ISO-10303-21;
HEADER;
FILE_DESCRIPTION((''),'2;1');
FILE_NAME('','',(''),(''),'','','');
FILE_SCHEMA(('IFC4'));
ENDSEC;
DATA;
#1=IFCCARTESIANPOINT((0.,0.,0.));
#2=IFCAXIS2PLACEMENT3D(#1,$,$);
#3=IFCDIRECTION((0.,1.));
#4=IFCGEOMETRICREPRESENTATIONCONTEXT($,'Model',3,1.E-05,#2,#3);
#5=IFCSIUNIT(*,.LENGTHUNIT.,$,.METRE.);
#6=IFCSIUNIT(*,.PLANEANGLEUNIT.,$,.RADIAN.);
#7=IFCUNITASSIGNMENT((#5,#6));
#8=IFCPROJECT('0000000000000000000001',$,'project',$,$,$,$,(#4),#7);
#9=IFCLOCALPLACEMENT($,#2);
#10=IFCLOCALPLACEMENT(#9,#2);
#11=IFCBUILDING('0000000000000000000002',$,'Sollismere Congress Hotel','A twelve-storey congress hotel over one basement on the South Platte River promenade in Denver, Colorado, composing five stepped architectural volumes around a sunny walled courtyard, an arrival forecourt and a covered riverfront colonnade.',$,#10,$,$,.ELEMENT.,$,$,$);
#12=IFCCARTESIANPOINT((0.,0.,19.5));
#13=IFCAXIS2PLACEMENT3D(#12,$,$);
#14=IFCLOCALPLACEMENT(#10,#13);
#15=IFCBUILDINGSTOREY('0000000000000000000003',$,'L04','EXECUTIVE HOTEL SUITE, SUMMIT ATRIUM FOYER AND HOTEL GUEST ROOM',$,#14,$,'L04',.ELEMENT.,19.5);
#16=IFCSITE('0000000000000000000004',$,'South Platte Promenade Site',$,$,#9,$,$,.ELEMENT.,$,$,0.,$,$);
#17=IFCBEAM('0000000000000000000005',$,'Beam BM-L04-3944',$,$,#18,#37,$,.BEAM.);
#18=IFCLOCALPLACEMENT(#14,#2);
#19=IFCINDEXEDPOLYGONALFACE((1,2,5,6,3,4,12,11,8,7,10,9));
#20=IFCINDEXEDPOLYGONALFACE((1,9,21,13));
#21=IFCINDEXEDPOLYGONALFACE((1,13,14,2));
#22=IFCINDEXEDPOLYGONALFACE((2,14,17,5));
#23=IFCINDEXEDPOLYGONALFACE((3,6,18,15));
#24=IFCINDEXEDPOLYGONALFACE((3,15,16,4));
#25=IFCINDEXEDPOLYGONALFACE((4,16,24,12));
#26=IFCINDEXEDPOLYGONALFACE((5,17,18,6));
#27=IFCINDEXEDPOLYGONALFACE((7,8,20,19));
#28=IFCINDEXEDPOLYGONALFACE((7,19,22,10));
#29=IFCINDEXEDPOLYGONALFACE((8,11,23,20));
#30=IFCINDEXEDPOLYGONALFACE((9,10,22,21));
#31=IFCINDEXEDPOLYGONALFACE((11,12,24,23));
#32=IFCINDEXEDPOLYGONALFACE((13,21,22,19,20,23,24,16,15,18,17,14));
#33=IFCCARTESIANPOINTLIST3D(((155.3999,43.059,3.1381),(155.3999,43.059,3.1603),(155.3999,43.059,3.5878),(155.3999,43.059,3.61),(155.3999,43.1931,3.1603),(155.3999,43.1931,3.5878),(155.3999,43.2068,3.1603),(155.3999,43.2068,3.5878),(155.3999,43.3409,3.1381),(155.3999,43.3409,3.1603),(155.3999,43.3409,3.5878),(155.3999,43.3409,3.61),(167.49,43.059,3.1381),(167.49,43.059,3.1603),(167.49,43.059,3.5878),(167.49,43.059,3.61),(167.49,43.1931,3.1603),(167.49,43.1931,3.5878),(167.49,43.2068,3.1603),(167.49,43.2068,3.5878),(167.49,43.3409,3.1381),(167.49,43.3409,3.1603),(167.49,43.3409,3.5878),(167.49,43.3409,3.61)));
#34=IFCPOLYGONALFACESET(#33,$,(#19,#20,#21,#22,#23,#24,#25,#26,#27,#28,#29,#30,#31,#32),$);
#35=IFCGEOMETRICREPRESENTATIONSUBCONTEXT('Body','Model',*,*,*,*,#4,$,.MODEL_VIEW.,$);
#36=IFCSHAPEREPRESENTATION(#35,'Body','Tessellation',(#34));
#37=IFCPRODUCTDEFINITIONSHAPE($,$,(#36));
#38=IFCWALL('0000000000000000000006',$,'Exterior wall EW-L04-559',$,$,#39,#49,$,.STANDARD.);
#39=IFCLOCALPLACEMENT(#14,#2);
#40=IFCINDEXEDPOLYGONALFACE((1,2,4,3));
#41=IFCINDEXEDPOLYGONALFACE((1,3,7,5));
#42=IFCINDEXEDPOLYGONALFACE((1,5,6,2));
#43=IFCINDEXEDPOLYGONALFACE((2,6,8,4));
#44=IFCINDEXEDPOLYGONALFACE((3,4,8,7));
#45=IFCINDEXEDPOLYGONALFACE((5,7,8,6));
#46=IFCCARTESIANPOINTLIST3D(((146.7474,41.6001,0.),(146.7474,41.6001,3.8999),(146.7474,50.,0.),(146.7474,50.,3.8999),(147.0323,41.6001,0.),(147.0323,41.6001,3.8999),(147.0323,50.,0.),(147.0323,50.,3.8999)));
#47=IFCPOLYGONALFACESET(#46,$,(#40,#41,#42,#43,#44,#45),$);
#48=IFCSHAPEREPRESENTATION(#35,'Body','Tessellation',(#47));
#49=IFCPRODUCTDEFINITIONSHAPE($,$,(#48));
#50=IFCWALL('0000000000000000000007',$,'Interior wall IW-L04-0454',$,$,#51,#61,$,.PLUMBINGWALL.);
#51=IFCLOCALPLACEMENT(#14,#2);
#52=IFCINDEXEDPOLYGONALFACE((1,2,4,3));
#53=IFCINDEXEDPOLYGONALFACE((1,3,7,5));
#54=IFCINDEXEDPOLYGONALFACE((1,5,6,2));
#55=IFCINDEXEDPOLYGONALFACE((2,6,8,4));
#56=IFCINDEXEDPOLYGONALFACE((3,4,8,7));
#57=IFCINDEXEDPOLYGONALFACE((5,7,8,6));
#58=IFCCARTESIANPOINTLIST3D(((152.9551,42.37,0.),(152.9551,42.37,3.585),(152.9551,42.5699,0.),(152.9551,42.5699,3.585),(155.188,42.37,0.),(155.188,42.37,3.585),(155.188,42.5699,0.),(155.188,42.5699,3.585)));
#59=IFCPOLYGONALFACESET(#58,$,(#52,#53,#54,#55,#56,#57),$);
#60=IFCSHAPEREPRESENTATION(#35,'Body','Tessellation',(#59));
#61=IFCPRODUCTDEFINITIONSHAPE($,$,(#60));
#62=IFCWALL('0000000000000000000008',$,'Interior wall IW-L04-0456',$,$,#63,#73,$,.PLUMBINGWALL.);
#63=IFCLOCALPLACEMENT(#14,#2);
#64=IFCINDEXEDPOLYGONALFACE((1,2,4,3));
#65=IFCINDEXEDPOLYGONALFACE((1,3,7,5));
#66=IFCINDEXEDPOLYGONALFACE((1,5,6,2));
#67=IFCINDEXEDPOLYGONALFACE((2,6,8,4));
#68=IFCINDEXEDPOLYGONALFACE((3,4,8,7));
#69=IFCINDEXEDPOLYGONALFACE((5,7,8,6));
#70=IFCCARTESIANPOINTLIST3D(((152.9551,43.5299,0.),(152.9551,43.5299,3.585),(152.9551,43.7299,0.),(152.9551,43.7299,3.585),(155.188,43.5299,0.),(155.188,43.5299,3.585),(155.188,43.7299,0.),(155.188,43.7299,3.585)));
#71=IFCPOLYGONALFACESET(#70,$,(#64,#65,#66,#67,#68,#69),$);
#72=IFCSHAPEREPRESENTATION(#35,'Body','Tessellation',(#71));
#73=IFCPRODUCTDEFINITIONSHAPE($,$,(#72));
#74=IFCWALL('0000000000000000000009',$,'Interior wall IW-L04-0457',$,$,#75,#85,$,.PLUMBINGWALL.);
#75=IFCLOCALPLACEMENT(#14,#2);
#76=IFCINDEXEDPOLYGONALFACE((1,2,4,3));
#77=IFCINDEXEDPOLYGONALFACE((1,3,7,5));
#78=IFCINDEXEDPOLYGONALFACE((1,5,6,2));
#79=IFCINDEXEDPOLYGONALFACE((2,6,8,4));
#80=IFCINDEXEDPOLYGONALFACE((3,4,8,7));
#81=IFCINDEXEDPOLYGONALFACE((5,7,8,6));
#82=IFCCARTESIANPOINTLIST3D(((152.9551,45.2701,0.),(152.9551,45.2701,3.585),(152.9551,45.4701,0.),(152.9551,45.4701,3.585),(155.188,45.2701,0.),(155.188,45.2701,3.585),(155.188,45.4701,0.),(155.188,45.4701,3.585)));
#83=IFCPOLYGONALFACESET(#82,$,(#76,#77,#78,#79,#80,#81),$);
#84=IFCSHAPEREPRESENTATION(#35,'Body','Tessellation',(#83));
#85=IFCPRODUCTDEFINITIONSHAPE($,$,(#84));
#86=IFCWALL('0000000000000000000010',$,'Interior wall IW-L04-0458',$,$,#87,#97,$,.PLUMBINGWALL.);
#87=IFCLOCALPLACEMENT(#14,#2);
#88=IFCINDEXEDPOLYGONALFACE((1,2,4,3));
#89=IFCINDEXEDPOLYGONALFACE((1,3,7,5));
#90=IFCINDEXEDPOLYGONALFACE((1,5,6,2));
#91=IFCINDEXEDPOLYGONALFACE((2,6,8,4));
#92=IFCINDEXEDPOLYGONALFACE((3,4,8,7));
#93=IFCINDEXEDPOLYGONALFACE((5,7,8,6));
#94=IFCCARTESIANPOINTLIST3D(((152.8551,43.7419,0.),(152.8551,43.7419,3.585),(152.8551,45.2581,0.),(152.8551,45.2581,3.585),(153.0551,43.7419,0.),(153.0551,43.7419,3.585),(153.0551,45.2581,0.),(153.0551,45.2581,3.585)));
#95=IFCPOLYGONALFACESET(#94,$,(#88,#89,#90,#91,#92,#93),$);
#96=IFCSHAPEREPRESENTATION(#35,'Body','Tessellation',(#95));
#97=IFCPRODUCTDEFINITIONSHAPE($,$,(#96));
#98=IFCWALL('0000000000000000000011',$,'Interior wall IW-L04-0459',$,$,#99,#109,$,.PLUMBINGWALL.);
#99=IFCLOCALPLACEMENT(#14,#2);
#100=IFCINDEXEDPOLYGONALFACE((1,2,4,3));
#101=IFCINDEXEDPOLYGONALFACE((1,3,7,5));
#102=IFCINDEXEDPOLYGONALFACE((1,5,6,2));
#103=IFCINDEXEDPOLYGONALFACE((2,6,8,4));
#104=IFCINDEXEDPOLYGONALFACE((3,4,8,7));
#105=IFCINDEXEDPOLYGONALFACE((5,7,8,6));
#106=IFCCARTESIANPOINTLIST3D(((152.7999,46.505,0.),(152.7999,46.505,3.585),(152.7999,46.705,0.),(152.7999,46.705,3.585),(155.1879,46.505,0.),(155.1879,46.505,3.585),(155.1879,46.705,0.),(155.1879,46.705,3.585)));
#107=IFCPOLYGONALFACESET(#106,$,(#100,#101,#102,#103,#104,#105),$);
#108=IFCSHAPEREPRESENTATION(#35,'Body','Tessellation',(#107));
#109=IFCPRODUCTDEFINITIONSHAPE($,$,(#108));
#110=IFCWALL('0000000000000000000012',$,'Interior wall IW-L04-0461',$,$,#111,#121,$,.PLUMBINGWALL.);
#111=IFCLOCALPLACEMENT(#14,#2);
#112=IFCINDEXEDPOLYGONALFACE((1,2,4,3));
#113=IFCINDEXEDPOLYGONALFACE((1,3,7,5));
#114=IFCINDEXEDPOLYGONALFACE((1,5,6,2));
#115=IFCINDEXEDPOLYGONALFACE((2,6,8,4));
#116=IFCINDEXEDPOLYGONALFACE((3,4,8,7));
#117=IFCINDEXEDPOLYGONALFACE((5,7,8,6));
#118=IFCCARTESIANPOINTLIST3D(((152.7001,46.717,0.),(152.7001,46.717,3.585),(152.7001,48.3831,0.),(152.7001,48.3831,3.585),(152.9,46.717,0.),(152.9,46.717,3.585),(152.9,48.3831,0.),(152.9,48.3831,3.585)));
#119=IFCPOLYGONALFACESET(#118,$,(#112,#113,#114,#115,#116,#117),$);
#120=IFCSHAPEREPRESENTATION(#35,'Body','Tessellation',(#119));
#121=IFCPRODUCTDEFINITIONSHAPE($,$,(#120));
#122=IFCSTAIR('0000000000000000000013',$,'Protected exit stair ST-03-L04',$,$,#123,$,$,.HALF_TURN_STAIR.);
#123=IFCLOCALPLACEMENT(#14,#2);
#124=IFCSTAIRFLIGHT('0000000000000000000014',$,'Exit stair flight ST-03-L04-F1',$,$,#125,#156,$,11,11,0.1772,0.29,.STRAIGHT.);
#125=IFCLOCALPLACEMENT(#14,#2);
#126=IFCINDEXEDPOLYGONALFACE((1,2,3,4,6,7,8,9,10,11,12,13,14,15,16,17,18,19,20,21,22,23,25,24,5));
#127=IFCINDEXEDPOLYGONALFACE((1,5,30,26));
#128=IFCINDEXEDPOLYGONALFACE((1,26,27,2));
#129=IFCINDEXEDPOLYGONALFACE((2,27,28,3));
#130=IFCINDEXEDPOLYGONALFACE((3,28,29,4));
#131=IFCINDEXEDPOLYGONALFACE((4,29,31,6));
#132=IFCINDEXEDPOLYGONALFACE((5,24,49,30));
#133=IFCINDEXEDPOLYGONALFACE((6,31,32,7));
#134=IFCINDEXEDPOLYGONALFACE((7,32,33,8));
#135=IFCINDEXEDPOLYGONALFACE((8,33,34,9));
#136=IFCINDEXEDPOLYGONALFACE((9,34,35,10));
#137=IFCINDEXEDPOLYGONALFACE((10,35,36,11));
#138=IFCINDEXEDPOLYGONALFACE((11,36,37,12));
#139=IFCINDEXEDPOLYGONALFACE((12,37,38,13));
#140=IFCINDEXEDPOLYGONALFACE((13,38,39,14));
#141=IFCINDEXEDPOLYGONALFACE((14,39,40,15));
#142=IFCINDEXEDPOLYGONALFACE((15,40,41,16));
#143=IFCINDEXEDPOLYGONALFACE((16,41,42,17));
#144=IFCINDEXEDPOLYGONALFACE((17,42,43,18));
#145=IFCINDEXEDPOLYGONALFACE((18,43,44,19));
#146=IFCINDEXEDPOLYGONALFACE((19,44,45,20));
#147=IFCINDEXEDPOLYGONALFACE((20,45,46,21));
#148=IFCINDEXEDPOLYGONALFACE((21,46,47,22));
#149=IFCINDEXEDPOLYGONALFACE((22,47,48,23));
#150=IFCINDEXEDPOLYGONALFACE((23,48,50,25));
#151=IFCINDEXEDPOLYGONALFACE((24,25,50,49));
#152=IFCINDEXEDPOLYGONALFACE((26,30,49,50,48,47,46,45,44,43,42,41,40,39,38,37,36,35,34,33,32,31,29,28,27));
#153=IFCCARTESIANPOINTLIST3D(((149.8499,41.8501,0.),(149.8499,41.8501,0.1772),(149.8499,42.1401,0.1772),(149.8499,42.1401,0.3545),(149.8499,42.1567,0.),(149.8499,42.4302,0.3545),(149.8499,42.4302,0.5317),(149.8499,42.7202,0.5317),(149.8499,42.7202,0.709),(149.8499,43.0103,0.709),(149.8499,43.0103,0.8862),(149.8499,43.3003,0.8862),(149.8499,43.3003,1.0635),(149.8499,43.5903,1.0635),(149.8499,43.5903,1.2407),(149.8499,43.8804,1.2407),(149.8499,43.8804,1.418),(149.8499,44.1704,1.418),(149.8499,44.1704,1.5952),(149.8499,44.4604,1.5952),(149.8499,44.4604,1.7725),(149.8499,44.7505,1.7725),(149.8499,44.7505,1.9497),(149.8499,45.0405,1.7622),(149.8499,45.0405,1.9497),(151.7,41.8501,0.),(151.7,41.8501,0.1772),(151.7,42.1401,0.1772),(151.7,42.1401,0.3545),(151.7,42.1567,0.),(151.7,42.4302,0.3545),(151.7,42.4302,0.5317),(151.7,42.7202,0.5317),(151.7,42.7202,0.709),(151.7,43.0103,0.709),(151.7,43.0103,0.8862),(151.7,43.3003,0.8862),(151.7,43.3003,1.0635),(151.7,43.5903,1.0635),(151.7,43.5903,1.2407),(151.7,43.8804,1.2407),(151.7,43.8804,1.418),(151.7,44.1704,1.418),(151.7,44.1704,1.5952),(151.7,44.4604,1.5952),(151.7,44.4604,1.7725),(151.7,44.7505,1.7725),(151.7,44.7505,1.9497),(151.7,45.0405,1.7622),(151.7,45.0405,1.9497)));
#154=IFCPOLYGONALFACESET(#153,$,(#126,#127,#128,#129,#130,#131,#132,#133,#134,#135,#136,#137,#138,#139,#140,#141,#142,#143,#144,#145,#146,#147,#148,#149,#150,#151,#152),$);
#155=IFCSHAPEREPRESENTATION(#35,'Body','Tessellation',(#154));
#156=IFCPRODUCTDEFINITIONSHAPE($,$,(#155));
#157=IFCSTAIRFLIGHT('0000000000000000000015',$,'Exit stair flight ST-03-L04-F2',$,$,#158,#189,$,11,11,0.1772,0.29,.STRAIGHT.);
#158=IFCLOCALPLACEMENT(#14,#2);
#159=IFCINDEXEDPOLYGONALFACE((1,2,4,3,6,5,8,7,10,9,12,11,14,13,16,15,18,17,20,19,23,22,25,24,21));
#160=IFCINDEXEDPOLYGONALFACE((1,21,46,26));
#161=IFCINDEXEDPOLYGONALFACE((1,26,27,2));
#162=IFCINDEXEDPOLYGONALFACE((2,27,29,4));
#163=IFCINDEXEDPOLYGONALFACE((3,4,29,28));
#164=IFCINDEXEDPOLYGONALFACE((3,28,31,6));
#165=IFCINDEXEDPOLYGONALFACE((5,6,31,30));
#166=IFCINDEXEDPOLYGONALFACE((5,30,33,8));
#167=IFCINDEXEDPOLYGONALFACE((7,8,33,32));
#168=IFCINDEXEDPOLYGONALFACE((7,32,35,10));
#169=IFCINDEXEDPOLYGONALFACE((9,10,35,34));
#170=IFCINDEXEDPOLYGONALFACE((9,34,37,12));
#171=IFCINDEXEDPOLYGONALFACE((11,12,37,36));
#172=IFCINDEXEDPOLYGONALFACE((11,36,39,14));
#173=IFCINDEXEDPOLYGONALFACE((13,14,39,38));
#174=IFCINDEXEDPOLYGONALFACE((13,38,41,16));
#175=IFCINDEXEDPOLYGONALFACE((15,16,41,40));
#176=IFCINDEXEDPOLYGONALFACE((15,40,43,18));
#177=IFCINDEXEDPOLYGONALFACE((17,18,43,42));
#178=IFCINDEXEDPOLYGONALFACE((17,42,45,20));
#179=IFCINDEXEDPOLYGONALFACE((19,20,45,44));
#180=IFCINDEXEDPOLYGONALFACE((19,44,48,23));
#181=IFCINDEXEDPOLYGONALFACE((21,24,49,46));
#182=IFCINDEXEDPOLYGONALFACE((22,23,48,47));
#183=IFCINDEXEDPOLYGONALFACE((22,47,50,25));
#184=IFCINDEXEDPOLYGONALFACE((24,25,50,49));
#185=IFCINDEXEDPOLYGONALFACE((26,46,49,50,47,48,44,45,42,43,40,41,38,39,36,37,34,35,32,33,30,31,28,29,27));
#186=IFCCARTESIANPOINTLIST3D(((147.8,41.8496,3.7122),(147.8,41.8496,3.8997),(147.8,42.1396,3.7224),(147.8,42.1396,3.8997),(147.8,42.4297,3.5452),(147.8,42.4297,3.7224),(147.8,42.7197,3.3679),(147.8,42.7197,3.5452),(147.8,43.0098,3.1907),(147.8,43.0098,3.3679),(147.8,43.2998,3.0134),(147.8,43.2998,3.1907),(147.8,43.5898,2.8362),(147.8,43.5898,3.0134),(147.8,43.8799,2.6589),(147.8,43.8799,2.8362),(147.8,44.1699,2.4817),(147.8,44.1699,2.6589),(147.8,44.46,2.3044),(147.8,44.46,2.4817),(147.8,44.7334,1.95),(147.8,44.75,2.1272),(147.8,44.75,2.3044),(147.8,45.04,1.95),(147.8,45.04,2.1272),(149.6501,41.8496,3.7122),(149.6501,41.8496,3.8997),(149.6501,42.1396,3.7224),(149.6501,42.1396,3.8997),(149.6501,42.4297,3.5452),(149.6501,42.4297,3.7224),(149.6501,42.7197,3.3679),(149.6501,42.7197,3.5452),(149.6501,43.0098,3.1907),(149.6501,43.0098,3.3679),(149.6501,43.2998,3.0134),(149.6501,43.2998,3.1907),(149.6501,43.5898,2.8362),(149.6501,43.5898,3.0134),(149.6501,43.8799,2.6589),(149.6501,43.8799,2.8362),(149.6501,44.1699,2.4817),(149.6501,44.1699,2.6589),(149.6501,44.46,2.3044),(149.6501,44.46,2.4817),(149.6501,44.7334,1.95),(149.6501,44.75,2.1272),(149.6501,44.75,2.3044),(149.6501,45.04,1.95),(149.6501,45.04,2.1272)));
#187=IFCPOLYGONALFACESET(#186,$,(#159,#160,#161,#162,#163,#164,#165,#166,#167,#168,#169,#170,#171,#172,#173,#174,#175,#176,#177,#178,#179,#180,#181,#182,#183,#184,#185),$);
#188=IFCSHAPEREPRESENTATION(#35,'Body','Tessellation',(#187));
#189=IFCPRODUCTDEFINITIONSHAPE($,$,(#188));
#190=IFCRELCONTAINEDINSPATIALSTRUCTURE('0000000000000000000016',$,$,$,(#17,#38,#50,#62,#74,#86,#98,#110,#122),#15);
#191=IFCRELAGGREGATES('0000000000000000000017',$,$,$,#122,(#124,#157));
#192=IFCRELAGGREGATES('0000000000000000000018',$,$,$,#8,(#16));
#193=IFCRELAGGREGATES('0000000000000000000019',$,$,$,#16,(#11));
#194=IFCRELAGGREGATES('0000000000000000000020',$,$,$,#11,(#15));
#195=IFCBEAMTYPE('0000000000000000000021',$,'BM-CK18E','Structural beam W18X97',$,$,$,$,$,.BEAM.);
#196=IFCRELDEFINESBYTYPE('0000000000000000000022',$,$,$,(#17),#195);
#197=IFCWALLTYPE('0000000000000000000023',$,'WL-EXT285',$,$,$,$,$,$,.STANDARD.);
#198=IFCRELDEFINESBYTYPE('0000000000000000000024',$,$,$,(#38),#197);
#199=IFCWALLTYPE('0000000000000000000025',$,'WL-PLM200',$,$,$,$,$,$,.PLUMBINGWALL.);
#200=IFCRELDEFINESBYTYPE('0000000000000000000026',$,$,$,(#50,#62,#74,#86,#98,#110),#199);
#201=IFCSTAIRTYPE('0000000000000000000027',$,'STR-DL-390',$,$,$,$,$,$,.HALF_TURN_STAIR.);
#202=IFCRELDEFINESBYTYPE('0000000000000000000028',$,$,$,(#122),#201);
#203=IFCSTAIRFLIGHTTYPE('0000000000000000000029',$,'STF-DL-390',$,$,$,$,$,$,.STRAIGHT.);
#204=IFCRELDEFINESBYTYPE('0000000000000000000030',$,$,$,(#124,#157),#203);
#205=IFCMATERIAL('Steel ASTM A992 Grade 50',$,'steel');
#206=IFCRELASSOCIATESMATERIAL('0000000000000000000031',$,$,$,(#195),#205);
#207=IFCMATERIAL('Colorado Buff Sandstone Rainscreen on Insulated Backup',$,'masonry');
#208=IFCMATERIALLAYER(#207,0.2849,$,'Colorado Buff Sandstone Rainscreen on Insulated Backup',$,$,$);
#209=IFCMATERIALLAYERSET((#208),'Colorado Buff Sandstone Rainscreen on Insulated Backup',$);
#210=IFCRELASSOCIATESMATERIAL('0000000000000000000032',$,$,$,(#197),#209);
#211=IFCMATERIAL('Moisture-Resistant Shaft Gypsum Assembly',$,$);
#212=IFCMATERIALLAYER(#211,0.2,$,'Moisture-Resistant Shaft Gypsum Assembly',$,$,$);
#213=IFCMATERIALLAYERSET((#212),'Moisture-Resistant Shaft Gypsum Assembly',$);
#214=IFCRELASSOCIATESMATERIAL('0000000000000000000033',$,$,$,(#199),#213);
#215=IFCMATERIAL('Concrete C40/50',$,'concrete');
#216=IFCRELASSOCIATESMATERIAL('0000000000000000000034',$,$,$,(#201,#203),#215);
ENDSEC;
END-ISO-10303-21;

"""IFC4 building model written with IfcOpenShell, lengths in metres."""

from ifc_helpers import new_model, si_unit, direction, frame, frame_2d, origin, origin_2d, place, context, subcontext, project, spatial, polyline, rectangle, i_section, outline, extrude, material, layer, layer_set, material_profile, profile_set, type_object, element, aggregate, save


model = new_model("IFC4")

# Units and contexts
model_context = context("Model", 3, precision=1e-05, world=origin(), true_north=direction((0.0, 1.0)))
body_context = subcontext(model_context, "Body", "Model", "MODEL_VIEW")
ifc_project = project(units=[si_unit("LENGTHUNIT", "METRE"), si_unit("PLANEANGLEUNIT", "RADIAN")], contexts=[model_context])

# Site, building, storey
site_placement = place(None, origin())
site = spatial("IfcSite", under=ifc_project, at=site_placement, Name="South Platte Promenade Site", CompositionType="ELEMENT", RefElevation=0.0)
building_placement = place(site_placement, origin())
building = spatial("IfcBuilding", under=site, at=building_placement, Name="Sollismere Congress Hotel", Description="A twelve-storey congress hotel over one basement on the South Platte River promenade in Denver, Colorado, composing five stepped architectural volumes around a sunny walled courtyard, an arrival forecourt and a covered riverfront colonnade.", CompositionType="ELEMENT")
storey_placement = place(building_placement, frame((0.0, 0.0, 19.5)))
storey = spatial("IfcBuildingStorey", under=building, at=storey_placement, Name="L04", Description="EXECUTIVE HOTEL SUITE, SUMMIT ATRIUM FOYER AND HOTEL GUEST ROOM", LongName="L04", CompositionType="ELEMENT", Elevation=19.5)

# Beam
ifc_material_1 = material(Name="Steel ASTM A992 Grade 50", Category="steel")
ifc_material_profile = material_profile(ifc_material_1, i_section(OverallWidth=0.282, OverallDepth=0.4719, WebThickness=0.0137, FlangeThickness=0.0222, at=origin_2d()), Name="W18X97")
ifc_profile_set = profile_set([ifc_material_profile], Name="Steel ASTM A992 Grade 50")
beam_type = type_object("IfcBeamType", Name="BM-CK18E", Description="Structural beam W18X97", PredefinedType="BEAM", material=ifc_profile_set)
beam_placement = place(storey_placement, frame((155.3999, 43.2, 3.374), z_axis=(1.0, 0.0, 0.0), x_axis=(0.0, 1.0, 0.0)))
element("IfcBeam", 1, at=beam_placement, inside=storey, type_object=beam_type, Name="Beam BM-L04-3944", PredefinedType="BEAM", context=body_context, shape_type="SweptSolid", body=[
    extrude(i_section(OverallWidth=0.282, OverallDepth=0.4719, WebThickness=0.0137, FlangeThickness=0.0222, at=origin_2d()), origin(), (0.0, 0.0, 1.0), 12.0901),
])

# Walls
ifc_material_2 = material(Name="Colorado Buff Sandstone Rainscreen on Insulated Backup", Category="masonry")
ifc_layer_1 = layer(ifc_material_2, 0.2849, Name="Colorado Buff Sandstone Rainscreen on Insulated Backup")
ifc_layer_set_1 = layer_set([ifc_layer_1], Name="Colorado Buff Sandstone Rainscreen on Insulated Backup")
wall_type_1 = type_object("IfcWallType", Name="WL-EXT285", PredefinedType="STANDARD", material=ifc_layer_set_1)
wall_1_placement = place(storey_placement, frame((146.8899, 41.6001, 0.0), z_axis=(0.0, 0.0, 1.0), x_axis=(0.0, 1.0, 0.0)))
element("IfcWall", 2, at=wall_1_placement, inside=storey, type_object=wall_type_1, Name="Exterior wall EW-L04-559", PredefinedType="STANDARD", context=body_context, shape_type="SweptSolid", body=[
    extrude(rectangle(XDim=8.3999, YDim=0.2849, at=frame_2d((4.2, 0.0))), origin(), (0.0, 0.0, 1.0), 3.8999),
])
ifc_material_3 = material(Name="Moisture-Resistant Shaft Gypsum Assembly")
ifc_layer_2 = layer(ifc_material_3, 0.2, Name="Moisture-Resistant Shaft Gypsum Assembly")
ifc_layer_set_2 = layer_set([ifc_layer_2], Name="Moisture-Resistant Shaft Gypsum Assembly")
wall_type_2 = type_object("IfcWallType", Name="WL-PLM200", PredefinedType="PLUMBINGWALL", material=ifc_layer_set_2)
for number, where, z_axis, x_axis, name in (
    (3, (152.9551, 42.47, 0.0), (0.0, 0.0, 1.0), (1.0, 0.0, 0.0), "Interior wall IW-L04-0454"),
    (4, (152.9551, 43.6299, 0.0), (0.0, 0.0, 1.0), (1.0, 0.0, 0.0), "Interior wall IW-L04-0456"),
    (5, (152.9551, 45.3701, 0.0), (0.0, 0.0, 1.0), (1.0, 0.0, 0.0), "Interior wall IW-L04-0457"),
):
    element("IfcWall", number, at=place(storey_placement, frame(where, z_axis=z_axis, x_axis=x_axis)), inside=storey, type_object=wall_type_2, Name=name, PredefinedType="PLUMBINGWALL", context=body_context, shape_type="SweptSolid", body=[
        extrude(rectangle(XDim=2.2329, YDim=0.2, at=frame_2d((1.1165, 0.0))), origin(), (0.0, 0.0, 1.0), 3.585),
    ])
wall_2_placement = place(storey_placement, frame((152.9551, 43.7419, 0.0), z_axis=(0.0, 0.0, 1.0), x_axis=(0.0, 1.0, 0.0)))
element("IfcWall", 6, at=wall_2_placement, inside=storey, type_object=wall_type_2, Name="Interior wall IW-L04-0458", PredefinedType="PLUMBINGWALL", context=body_context, shape_type="SweptSolid", body=[
    extrude(rectangle(XDim=1.5161, YDim=0.2, at=frame_2d((0.7581, 0.0))), origin(), (0.0, 0.0, 1.0), 3.585),
])
wall_3_placement = place(storey_placement, frame((152.8, 46.605, 0.0), z_axis=(0.0, 0.0, 1.0), x_axis=(1.0, 0.0, 0.0)))
element("IfcWall", 7, at=wall_3_placement, inside=storey, type_object=wall_type_2, Name="Interior wall IW-L04-0459", PredefinedType="PLUMBINGWALL", context=body_context, shape_type="SweptSolid", body=[
    extrude(rectangle(XDim=2.3879, YDim=0.2, at=frame_2d((1.1938, 0.0))), origin(), (0.0, 0.0, 1.0), 3.585),
])
wall_4_placement = place(storey_placement, frame((152.8, 46.717, 0.0), z_axis=(0.0, 0.0, 1.0), x_axis=(0.0, 1.0, 0.0)))
element("IfcWall", 8, at=wall_4_placement, inside=storey, type_object=wall_type_2, Name="Interior wall IW-L04-0461", PredefinedType="PLUMBINGWALL", context=body_context, shape_type="SweptSolid", body=[
    extrude(rectangle(XDim=1.666, YDim=0.2, at=frame_2d((0.833, 0.0))), origin(), (0.0, 0.0, 1.0), 3.585),
])

# Stair, stair flights
ifc_material_4 = material(Name="Concrete C40/50", Category="concrete")
stair_type = type_object("IfcStairType", Name="STR-DL-390", PredefinedType="HALF_TURN_STAIR", material=ifc_material_4)
stair_placement = place(storey_placement, origin())
stair = element("IfcStair", 9, at=stair_placement, inside=storey, type_object=stair_type, Name="Protected exit stair ST-03-L04", PredefinedType="HALF_TURN_STAIR")
stair_flight_type = type_object("IfcStairFlightType", Name="STF-DL-390", PredefinedType="STRAIGHT", material=ifc_material_4)
stair_flight_1_placement = place(storey_placement, frame((150.7749, 41.8501, 0.0), z_axis=(0.0, 0.0, 1.0), x_axis=(0.0, 1.0, 0.0)))
stair_flight_1 = element("IfcStairFlight", 10, at=stair_flight_1_placement, type_object=stair_flight_type, Name="Exit stair flight ST-03-L04-F1", NumberOfRisers=11, NumberOfTreads=11, PredefinedType="STRAIGHT", RiserHeight=0.1772, TreadLength=0.29, context=body_context, shape_type="SweptSolid", body=[
    extrude(outline(polyline([(0.0, 0.0), (0.0, 0.1772), (0.29, 0.1772), (0.29, 0.3545), (0.5801, 0.3545), (0.5801, 0.5317), (0.8701, 0.5317), (0.8701, 0.709), (1.1602, 0.709), (1.1602, 0.8862), (1.4502, 0.8862), (1.4502, 1.0635), (1.7402, 1.0635), (1.7402, 1.2407), (2.0303, 1.2407), (2.0303, 1.418), (2.3203, 1.418), (2.3203, 1.5952), (2.6104, 1.5952), (2.6104, 1.7725), (2.9004, 1.7725), (2.9004, 1.9497), (3.1904, 1.9497), (3.1904, 1.7622), (0.3066, 0.0), (0.0, 0.0)])), frame((0.0, 0.925, 0.0), z_axis=(0.0, -1.0, 0.0), x_axis=(1.0, 0.0, 0.0)), (0.0, 0.0, 1.0), 1.8501),
])
stair_flight_2_placement = place(storey_placement, frame((148.7251, 45.04, 1.95), z_axis=(0.0, 0.0, 1.0), x_axis=(0.0, -1.0, 0.0)))
stair_flight_2 = element("IfcStairFlight", 11, at=stair_flight_2_placement, type_object=stair_flight_type, Name="Exit stair flight ST-03-L04-F2", NumberOfRisers=11, NumberOfTreads=11, PredefinedType="STRAIGHT", RiserHeight=0.1772, TreadLength=0.29, context=body_context, shape_type="SweptSolid", body=[
    extrude(outline(polyline([(0.0, 0.0), (0.0, 0.1772), (0.29, 0.1772), (0.29, 0.3545), (0.5801, 0.3545), (0.5801, 0.5317), (0.8701, 0.5317), (0.8701, 0.709), (1.1602, 0.709), (1.1602, 0.8862), (1.4502, 0.8862), (1.4502, 1.0635), (1.7402, 1.0635), (1.7402, 1.2407), (2.0303, 1.2407), (2.0303, 1.418), (2.3203, 1.418), (2.3203, 1.5952), (2.6104, 1.5952), (2.6104, 1.7725), (2.9004, 1.7725), (2.9004, 1.9497), (3.1904, 1.9497), (3.1904, 1.7622), (0.3066, 0.0), (0.0, 0.0)])), frame((0.0, 0.925, 0.0), z_axis=(0.0, -1.0, 0.0), x_axis=(1.0, 0.0, 0.0)), (0.0, 0.0, 1.0), 1.8501),
])
aggregate(stair, [stair_flight_1, stair_flight_2])

save(model, "model.ifc")
